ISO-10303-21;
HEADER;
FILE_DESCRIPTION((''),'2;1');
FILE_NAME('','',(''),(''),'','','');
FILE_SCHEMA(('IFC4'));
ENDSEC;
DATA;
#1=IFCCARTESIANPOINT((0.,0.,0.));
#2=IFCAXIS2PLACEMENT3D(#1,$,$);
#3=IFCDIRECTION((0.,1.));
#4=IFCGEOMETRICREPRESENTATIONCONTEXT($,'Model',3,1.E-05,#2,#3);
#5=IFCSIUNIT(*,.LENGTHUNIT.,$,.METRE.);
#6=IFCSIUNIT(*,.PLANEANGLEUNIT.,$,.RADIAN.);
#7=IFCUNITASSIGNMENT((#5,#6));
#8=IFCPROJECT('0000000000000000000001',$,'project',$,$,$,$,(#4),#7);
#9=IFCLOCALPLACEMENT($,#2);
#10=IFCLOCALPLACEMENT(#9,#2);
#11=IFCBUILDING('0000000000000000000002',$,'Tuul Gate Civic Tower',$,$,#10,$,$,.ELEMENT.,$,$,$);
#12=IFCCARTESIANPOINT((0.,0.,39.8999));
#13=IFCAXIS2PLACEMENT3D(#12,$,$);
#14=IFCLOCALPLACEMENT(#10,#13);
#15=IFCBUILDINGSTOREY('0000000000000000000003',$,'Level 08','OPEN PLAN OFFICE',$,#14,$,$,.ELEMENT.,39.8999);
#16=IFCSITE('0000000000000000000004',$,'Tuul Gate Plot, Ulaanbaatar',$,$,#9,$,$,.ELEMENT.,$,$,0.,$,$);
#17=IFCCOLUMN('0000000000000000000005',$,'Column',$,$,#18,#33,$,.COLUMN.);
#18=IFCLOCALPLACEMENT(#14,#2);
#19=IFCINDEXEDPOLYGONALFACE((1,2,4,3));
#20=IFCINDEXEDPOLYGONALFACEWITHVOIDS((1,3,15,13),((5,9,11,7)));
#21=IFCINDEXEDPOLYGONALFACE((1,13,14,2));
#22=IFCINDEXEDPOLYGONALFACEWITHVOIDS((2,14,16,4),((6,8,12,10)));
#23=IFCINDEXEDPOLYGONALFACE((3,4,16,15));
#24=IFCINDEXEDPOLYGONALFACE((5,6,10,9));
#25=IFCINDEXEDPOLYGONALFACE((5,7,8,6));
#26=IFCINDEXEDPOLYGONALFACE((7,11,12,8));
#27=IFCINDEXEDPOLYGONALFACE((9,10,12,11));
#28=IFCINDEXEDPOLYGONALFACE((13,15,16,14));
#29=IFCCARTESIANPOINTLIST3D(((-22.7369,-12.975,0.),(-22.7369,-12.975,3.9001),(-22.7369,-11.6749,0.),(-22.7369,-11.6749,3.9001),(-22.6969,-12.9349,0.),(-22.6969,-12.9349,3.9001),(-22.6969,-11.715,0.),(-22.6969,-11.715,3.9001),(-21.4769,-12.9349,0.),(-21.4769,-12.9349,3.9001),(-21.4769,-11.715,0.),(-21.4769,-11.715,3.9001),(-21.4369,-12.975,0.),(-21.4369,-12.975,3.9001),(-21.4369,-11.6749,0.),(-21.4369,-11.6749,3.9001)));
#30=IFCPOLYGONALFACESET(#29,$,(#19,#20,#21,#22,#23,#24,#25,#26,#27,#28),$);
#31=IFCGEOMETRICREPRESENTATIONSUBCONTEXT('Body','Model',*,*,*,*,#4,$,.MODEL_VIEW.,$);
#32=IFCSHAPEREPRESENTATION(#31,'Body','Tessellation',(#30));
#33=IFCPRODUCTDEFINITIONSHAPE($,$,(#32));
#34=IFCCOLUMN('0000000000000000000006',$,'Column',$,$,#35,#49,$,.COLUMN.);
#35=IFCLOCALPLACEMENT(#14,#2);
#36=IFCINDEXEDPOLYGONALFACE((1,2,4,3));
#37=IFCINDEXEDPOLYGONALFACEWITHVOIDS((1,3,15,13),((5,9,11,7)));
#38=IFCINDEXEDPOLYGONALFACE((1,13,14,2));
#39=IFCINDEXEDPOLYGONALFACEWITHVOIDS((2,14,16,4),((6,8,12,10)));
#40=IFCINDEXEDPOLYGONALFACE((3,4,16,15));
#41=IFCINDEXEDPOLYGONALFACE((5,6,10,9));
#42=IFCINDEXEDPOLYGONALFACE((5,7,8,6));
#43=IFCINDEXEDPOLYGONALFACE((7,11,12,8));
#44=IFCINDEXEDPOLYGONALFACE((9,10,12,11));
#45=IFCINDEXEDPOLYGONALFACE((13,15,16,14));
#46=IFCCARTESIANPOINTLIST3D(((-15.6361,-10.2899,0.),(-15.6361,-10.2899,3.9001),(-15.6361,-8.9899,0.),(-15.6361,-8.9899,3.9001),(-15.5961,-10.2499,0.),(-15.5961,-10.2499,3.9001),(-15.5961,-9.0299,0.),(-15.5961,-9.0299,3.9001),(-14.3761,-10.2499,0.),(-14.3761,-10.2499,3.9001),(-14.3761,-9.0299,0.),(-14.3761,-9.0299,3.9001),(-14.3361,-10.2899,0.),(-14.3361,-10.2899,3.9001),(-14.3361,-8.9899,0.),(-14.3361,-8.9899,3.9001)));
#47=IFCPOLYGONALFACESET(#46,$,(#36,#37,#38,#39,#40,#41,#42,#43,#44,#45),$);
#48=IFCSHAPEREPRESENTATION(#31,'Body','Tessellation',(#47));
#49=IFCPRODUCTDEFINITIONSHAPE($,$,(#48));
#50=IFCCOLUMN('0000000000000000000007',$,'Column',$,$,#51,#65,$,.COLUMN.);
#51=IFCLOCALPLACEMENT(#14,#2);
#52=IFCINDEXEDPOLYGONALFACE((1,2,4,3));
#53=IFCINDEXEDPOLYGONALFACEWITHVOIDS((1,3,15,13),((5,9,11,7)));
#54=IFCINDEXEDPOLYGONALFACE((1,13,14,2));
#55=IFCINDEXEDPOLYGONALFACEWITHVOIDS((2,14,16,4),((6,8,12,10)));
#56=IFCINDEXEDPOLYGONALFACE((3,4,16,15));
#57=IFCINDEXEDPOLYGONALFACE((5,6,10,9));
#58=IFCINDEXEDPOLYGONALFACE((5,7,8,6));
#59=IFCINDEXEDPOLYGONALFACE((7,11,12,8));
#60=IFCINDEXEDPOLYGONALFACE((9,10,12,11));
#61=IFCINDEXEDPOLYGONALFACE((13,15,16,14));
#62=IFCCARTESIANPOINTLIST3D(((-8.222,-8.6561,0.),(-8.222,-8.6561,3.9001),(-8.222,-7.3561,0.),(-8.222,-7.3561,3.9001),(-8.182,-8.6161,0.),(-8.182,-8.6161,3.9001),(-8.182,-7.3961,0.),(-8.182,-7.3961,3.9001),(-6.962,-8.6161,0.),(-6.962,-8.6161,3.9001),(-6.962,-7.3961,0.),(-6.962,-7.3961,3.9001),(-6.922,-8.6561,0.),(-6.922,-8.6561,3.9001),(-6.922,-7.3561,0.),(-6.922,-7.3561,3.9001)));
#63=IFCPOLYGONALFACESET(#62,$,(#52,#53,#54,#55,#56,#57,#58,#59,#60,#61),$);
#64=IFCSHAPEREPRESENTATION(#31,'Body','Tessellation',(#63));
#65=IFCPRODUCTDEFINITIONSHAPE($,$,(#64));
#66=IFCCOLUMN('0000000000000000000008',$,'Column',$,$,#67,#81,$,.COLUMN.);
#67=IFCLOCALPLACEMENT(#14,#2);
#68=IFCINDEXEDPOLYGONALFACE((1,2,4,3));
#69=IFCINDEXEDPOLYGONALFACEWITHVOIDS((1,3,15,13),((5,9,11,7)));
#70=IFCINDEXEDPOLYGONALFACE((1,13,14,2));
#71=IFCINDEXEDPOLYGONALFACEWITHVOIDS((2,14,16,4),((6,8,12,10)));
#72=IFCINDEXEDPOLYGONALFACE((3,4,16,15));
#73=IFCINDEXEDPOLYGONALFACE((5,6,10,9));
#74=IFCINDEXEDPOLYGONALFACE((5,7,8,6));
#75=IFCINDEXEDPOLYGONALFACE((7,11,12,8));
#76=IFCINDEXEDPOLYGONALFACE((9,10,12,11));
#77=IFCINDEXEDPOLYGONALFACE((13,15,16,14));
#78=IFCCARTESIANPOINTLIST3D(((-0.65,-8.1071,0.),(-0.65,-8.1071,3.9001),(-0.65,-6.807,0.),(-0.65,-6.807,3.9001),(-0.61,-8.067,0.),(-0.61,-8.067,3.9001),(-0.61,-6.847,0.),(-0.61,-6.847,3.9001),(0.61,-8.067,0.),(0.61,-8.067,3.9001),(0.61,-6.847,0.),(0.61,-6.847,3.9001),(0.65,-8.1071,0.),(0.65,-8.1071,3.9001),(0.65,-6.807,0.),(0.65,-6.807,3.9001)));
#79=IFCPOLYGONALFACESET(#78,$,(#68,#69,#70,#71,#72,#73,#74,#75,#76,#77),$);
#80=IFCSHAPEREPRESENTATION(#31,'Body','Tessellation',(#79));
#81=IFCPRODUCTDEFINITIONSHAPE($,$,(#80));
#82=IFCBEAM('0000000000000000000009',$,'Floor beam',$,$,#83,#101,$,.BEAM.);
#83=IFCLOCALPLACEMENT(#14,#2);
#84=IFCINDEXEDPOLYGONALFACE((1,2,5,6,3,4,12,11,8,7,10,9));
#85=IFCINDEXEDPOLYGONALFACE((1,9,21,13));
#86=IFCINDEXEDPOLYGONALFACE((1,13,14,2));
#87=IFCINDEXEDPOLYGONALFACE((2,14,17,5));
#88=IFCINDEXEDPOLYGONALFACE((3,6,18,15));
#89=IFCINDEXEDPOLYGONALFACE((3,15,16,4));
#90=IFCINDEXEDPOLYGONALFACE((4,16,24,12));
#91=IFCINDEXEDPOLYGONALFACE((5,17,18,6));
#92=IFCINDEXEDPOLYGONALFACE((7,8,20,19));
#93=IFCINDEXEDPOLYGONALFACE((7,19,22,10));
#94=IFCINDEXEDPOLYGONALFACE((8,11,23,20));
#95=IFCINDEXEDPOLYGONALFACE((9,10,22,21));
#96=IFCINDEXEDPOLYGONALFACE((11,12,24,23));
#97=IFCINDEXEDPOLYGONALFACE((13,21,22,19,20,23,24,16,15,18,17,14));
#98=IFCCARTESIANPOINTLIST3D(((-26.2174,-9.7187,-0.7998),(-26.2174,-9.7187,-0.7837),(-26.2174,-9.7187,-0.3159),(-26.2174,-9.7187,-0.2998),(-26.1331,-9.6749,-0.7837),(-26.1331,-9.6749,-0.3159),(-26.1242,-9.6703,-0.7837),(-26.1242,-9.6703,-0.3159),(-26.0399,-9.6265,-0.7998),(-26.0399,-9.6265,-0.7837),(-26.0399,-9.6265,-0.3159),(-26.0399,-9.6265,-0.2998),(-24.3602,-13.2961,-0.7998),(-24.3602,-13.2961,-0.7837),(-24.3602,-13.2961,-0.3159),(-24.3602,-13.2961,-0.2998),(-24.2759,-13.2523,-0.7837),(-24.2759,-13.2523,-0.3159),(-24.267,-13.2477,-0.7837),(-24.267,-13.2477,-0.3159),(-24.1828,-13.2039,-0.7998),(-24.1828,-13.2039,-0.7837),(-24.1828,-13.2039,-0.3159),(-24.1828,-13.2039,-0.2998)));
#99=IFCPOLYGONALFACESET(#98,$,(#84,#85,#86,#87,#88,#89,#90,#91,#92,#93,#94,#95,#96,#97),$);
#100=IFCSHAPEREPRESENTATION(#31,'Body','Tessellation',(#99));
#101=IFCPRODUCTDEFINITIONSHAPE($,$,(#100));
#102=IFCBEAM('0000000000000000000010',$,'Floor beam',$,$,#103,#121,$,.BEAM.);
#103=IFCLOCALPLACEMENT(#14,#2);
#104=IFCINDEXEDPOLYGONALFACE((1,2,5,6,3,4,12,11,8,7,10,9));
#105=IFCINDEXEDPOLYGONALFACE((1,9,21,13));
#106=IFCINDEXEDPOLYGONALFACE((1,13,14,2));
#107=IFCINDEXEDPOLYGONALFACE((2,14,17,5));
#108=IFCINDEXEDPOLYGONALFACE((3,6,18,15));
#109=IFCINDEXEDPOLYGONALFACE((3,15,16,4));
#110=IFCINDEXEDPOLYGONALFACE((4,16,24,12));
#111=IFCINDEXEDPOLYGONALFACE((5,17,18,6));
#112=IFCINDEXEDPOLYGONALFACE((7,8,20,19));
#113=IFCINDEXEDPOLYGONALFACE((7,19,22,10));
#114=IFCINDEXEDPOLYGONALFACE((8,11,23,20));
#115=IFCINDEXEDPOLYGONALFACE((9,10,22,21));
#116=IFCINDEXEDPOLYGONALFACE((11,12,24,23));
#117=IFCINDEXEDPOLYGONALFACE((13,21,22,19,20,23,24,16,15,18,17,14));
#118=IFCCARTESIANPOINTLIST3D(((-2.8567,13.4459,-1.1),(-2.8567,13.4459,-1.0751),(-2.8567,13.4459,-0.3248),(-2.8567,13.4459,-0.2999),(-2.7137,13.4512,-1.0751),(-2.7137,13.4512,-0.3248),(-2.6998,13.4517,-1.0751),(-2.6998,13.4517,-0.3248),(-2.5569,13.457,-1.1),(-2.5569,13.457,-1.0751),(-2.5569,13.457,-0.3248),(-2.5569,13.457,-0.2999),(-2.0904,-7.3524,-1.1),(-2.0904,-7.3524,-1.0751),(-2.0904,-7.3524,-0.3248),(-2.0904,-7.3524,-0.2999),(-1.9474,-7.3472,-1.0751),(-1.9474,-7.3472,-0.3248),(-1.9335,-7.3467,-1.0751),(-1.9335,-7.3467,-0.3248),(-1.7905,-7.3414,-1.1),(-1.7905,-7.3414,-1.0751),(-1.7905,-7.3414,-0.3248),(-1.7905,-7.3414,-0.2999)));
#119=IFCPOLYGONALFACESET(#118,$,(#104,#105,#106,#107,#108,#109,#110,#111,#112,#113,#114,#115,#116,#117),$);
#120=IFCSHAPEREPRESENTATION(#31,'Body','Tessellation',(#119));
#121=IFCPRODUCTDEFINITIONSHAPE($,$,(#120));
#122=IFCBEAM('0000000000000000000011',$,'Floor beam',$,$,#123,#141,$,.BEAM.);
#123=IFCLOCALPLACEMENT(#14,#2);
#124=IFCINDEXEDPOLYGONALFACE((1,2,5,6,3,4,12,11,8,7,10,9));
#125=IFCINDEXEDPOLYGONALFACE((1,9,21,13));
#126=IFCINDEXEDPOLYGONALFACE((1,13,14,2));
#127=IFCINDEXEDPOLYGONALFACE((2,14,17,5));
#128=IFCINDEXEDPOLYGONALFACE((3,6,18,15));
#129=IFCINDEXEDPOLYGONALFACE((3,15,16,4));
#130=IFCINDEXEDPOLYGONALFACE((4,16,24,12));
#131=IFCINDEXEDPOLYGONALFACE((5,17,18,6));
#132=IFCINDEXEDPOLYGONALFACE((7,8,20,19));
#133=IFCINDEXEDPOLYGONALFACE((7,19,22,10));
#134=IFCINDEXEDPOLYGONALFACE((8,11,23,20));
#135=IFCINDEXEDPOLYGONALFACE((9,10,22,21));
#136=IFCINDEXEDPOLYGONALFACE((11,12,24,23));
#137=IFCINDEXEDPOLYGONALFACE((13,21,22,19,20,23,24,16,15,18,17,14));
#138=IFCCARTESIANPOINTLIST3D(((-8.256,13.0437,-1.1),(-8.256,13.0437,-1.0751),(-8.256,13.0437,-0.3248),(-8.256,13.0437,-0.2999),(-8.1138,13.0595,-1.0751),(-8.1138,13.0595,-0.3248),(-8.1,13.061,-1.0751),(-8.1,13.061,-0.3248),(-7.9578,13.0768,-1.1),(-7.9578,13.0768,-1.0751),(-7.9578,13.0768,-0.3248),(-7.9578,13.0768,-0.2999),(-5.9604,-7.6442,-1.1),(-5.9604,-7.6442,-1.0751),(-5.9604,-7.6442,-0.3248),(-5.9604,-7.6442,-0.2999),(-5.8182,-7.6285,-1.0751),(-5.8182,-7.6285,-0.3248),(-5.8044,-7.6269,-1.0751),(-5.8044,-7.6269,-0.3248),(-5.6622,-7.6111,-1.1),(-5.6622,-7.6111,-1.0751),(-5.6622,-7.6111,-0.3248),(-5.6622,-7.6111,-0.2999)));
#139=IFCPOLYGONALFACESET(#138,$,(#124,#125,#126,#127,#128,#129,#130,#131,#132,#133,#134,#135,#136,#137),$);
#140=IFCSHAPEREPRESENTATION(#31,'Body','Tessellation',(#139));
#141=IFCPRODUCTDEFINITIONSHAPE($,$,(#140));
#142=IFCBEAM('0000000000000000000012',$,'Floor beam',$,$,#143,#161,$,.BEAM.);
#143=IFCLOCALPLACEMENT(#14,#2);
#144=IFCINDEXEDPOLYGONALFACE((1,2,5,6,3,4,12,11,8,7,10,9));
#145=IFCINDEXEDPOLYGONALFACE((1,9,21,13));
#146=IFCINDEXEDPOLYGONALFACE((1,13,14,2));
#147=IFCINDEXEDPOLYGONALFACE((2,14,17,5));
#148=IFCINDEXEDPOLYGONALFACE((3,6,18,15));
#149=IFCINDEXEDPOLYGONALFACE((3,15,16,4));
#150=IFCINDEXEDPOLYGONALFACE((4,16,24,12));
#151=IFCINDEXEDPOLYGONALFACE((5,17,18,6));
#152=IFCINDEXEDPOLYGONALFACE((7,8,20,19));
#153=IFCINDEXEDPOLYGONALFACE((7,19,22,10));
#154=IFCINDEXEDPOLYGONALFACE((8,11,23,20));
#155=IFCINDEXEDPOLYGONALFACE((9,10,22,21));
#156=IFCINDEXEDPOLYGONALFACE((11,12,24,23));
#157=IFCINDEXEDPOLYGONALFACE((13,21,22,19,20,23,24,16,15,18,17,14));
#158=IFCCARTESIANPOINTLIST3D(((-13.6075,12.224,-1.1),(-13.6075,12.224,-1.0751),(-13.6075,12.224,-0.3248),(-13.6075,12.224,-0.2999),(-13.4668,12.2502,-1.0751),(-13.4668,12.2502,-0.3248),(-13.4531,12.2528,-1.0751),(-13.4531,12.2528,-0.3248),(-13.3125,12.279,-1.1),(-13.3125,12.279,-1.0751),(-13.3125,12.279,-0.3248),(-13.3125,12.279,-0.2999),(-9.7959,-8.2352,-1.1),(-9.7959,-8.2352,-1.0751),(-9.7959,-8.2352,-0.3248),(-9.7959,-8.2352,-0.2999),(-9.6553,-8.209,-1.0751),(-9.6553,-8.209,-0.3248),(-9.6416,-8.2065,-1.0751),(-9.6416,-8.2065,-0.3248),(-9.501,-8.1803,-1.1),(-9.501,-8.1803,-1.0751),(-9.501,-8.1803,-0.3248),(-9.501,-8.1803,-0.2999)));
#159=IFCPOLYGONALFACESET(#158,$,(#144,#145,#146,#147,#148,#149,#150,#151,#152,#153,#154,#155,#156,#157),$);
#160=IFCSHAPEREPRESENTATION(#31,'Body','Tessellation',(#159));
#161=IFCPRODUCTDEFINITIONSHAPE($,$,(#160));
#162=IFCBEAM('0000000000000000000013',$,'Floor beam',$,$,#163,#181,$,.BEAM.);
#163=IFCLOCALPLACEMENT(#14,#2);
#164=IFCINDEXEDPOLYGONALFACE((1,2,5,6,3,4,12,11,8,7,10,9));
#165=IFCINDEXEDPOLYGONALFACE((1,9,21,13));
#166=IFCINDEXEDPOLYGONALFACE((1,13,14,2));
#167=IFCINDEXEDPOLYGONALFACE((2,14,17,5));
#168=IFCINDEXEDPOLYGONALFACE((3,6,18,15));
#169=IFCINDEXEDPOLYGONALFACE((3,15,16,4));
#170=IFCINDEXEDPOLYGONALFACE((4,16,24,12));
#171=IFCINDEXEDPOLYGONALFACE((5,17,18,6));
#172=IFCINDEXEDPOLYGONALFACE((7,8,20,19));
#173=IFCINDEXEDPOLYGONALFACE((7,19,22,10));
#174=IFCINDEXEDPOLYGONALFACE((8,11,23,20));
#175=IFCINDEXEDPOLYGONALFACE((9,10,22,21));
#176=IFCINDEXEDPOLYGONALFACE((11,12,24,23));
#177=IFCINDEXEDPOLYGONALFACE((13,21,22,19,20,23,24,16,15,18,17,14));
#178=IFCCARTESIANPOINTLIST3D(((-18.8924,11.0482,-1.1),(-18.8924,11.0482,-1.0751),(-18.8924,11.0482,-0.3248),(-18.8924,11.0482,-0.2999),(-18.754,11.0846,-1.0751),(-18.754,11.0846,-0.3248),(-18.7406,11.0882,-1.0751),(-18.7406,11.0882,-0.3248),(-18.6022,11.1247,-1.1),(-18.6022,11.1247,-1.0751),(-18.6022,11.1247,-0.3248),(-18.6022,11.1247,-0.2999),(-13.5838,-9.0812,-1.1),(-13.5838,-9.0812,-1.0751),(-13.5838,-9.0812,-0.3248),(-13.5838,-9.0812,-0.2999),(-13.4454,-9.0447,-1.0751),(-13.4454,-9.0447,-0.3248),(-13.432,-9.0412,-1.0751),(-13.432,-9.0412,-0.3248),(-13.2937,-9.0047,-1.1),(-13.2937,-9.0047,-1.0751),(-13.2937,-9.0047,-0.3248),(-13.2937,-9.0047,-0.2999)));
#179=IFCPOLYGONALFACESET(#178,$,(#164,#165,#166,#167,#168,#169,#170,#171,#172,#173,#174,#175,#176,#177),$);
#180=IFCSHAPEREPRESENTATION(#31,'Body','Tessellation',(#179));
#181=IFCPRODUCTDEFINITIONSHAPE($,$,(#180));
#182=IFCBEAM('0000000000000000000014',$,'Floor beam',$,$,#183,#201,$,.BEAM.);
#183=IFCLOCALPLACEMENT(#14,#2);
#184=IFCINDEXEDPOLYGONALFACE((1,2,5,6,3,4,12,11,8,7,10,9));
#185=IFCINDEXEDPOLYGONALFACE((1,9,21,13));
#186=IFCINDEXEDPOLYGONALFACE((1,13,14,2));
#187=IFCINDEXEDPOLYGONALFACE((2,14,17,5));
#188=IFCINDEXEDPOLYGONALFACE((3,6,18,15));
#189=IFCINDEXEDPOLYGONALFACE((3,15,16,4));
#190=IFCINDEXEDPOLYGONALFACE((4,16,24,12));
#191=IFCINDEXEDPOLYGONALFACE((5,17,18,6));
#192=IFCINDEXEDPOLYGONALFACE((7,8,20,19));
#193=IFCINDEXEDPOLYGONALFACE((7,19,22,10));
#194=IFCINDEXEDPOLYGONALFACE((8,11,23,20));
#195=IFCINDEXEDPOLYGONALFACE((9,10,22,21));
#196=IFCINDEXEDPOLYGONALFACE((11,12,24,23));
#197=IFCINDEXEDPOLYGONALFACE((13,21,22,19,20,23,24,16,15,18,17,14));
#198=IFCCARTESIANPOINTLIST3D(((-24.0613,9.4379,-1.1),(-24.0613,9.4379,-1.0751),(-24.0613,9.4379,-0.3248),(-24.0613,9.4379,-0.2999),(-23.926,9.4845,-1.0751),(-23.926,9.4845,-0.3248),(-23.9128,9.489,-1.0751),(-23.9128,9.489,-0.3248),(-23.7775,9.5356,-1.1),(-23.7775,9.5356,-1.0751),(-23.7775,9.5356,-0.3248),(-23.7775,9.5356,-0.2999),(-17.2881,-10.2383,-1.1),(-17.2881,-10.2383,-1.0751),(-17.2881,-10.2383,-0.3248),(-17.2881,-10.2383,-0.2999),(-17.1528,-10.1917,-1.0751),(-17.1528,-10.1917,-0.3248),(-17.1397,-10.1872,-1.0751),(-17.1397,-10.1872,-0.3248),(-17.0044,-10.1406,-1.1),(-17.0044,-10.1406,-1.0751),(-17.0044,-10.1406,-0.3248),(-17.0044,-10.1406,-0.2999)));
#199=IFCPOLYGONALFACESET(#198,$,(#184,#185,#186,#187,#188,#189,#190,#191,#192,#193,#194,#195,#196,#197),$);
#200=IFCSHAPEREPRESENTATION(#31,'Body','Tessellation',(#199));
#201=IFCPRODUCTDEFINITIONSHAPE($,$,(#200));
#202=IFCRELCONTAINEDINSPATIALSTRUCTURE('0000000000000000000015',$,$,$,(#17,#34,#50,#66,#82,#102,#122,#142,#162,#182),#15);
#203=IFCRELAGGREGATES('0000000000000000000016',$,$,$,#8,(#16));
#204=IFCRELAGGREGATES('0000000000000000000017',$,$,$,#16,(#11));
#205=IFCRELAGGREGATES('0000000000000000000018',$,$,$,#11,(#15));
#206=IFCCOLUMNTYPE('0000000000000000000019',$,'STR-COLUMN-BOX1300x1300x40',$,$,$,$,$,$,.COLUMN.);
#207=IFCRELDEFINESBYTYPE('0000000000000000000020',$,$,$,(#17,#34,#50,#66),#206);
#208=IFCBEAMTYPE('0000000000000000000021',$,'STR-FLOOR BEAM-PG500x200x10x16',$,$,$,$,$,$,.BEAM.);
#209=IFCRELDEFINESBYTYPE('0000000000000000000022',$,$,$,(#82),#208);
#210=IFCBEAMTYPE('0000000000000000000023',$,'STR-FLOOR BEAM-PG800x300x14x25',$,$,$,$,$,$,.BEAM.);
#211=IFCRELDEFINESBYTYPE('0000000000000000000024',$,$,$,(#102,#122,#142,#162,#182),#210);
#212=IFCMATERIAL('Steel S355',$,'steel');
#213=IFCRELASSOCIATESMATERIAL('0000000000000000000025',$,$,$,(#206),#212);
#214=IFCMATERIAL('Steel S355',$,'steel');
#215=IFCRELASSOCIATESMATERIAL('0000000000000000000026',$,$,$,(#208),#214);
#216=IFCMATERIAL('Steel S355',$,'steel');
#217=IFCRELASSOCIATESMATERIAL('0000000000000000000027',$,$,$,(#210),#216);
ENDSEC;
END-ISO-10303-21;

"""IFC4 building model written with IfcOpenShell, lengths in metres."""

from ifc_helpers import new_model, si_unit, direction, frame, origin, origin_2d, place, context, subcontext, project, spatial, hollow_rectangle, i_section, extrude, material, material_profile, profile_set, type_object, element, save


model = new_model("IFC4")

# Units and contexts
model_context = context("Model", 3, precision=1e-05, world=origin(), true_north=direction((0.0, 1.0)))
body_context = subcontext(model_context, "Body", "Model", "MODEL_VIEW")
ifc_project = project(units=[si_unit("LENGTHUNIT", "METRE"), si_unit("PLANEANGLEUNIT", "RADIAN")], contexts=[model_context])

# Site, building, storey
site_placement = place(None, origin())
site = spatial("IfcSite", under=ifc_project, at=site_placement, Name="Tuul Gate Plot, Ulaanbaatar", CompositionType="ELEMENT", RefElevation=0.0)
building_placement = place(site_placement, origin())
building = spatial("IfcBuilding", under=site, at=building_placement, Name="Tuul Gate Civic Tower", CompositionType="ELEMENT")
storey_placement = place(building_placement, frame((0.0, 0.0, 39.8999)))
storey = spatial("IfcBuildingStorey", under=building, at=storey_placement, Name="Level 08", Description="OPEN PLAN OFFICE", CompositionType="ELEMENT", Elevation=39.8999)

# Columns
ifc_material_1 = material(Name="Steel S355", Category="steel")
ifc_material_profile_1 = material_profile(ifc_material_1, hollow_rectangle(XDim=1.3, YDim=1.3, WallThickness=0.04, at=origin_2d()), Name="BOX1300x1300x40")
ifc_profile_set_1 = profile_set([ifc_material_profile_1], Name="Steel S355")
column_type = type_object("IfcColumnType", Name="STR-COLUMN-BOX1300x1300x40", PredefinedType="COLUMN", material=ifc_profile_set_1)
for number, where, z_axis, x_axis, name in (
    (1, (-22.0869, -12.325, 0.0), (0.0, 0.0, 1.0), (1.0, 0.0, 0.0), "Column"),
    (2, (-14.9861, -9.6399, 0.0), (0.0, 0.0, 1.0), (1.0, 0.0, 0.0), "Column"),
    (3, (-7.572, -8.0061, 0.0), (0.0, 0.0, 1.0), (1.0, 0.0, 0.0), "Column"),
    (4, (0.0, -7.457, 0.0), (0.0, 0.0, 1.0), (1.0, 0.0, 0.0), "Column"),
):
    element("IfcColumn", number, at=place(storey_placement, frame(where, z_axis=z_axis, x_axis=x_axis)), inside=storey, type_object=column_type, Name=name, PredefinedType="COLUMN", context=body_context, shape_type="SweptSolid", body=[
        extrude(hollow_rectangle(XDim=1.3, YDim=1.3, WallThickness=0.04, at=origin_2d()), origin(), (0.0, 0.0, 1.0), 3.9001),
    ])

# Beams
ifc_material_2 = material(Name="Steel S355", Category="steel")
ifc_material_profile_2 = material_profile(ifc_material_2, i_section(OverallWidth=0.2, OverallDepth=0.5, WebThickness=0.01, FlangeThickness=0.0161, at=origin_2d()), Name="PG500x200x10x16")
ifc_profile_set_2 = profile_set([ifc_material_profile_2], Name="Steel S355")
beam_type_1 = type_object("IfcBeamType", Name="STR-FLOOR BEAM-PG500x200x10x16", PredefinedType="BEAM", material=ifc_profile_set_2)
beam_1_placement = place(storey_placement, frame((-24.2715, -13.25, -0.5498), z_axis=(-0.460754, 0.887528, 0.0), x_axis=(-0.887528, -0.460754, 0.0)))
element("IfcBeam", 5, at=beam_1_placement, inside=storey, type_object=beam_type_1, Name="Floor beam", PredefinedType="BEAM", context=body_context, shape_type="SweptSolid", body=[
    extrude(i_section(OverallWidth=0.2, OverallDepth=0.5, WebThickness=0.01, FlangeThickness=0.0161, at=origin_2d()), origin(), (0.0, 0.0, 1.0), 4.0308),
])
ifc_material_3 = material(Name="Steel S355", Category="steel")
ifc_material_profile_3 = material_profile(ifc_material_3, i_section(OverallWidth=0.3, OverallDepth=0.8, WebThickness=0.0139, FlangeThickness=0.0249, at=origin_2d()), Name="PG800x300x14x25")
ifc_profile_set_3 = profile_set([ifc_material_profile_3], Name="Steel S355")
beam_type_2 = type_object("IfcBeamType", Name="STR-FLOOR BEAM-PG800x300x14x25", PredefinedType="BEAM", material=ifc_profile_set_3)
beam_2_placement = place(storey_placement, frame((-1.9404, -7.3469, -0.7), z_axis=(-0.036822, 0.999322, 0.0), x_axis=(-0.999322, -0.036822, 0.0)))
element("IfcBeam", 6, at=beam_2_placement, inside=storey, type_object=beam_type_2, Name="Floor beam", PredefinedType="BEAM", context=body_context, shape_type="SweptSolid", body=[
    extrude(i_section(OverallWidth=0.3, OverallDepth=0.8, WebThickness=0.0139, FlangeThickness=0.0249, at=origin_2d()), origin(), (0.0, 0.0, 1.0), 20.8125),
])
beam_3_placement = place(storey_placement, frame((-5.8113, -7.6277, -0.7), z_axis=(-0.110289, 0.9939, 0.0), x_axis=(-0.9939, -0.110289, 0.0)))
element("IfcBeam", 7, at=beam_3_placement, inside=storey, type_object=beam_type_2, Name="Floor beam", PredefinedType="BEAM", context=body_context, shape_type="SweptSolid", body=[
    extrude(i_section(OverallWidth=0.3, OverallDepth=0.8, WebThickness=0.0139, FlangeThickness=0.0249, at=origin_2d()), origin(), (0.0, 0.0, 1.0), 20.8149),
])
beam_4_placement = place(storey_placement, frame((-9.6484, -8.2078, -0.7), z_axis=(-0.183147, 0.983085, 0.0), x_axis=(-0.983085, -0.183147, 0.0)))
element("IfcBeam", 8, at=beam_4_placement, inside=storey, type_object=beam_type_2, Name="Floor beam", PredefinedType="BEAM", context=body_context, shape_type="SweptSolid", body=[
    extrude(i_section(OverallWidth=0.3, OverallDepth=0.8, WebThickness=0.0139, FlangeThickness=0.0249, at=origin_2d()), origin(), (0.0, 0.0, 1.0), 20.8113),
])
beam_5_placement = place(storey_placement, frame((-13.4387, -9.043, -0.7), z_axis=(-0.255005, 0.96694, 0.0), x_axis=(-0.96694, -0.255005, 0.0)))
element("IfcBeam", 9, at=beam_5_placement, inside=storey, type_object=beam_type_2, Name="Floor beam", PredefinedType="BEAM", context=body_context, shape_type="SweptSolid", body=[
    extrude(i_section(OverallWidth=0.3, OverallDepth=0.8, WebThickness=0.0139, FlangeThickness=0.0249, at=origin_2d()), origin(), (0.0, 0.0, 1.0), 20.8176),
])
beam_6_placement = place(storey_placement, frame((-17.1462, -10.1895, -0.7), z_axis=(-0.325487, 0.945547, 0.0), x_axis=(-0.945547, -0.325487, 0.0)))
element("IfcBeam", 10, at=beam_6_placement, inside=storey, type_object=beam_type_2, Name="Floor beam", PredefinedType="BEAM", context=body_context, shape_type="SweptSolid", body=[
    extrude(i_section(OverallWidth=0.3, OverallDepth=0.8, WebThickness=0.0139, FlangeThickness=0.0249, at=origin_2d()), origin(), (0.0, 0.0, 1.0), 20.8093),
])

save(model, "model.ifc")
